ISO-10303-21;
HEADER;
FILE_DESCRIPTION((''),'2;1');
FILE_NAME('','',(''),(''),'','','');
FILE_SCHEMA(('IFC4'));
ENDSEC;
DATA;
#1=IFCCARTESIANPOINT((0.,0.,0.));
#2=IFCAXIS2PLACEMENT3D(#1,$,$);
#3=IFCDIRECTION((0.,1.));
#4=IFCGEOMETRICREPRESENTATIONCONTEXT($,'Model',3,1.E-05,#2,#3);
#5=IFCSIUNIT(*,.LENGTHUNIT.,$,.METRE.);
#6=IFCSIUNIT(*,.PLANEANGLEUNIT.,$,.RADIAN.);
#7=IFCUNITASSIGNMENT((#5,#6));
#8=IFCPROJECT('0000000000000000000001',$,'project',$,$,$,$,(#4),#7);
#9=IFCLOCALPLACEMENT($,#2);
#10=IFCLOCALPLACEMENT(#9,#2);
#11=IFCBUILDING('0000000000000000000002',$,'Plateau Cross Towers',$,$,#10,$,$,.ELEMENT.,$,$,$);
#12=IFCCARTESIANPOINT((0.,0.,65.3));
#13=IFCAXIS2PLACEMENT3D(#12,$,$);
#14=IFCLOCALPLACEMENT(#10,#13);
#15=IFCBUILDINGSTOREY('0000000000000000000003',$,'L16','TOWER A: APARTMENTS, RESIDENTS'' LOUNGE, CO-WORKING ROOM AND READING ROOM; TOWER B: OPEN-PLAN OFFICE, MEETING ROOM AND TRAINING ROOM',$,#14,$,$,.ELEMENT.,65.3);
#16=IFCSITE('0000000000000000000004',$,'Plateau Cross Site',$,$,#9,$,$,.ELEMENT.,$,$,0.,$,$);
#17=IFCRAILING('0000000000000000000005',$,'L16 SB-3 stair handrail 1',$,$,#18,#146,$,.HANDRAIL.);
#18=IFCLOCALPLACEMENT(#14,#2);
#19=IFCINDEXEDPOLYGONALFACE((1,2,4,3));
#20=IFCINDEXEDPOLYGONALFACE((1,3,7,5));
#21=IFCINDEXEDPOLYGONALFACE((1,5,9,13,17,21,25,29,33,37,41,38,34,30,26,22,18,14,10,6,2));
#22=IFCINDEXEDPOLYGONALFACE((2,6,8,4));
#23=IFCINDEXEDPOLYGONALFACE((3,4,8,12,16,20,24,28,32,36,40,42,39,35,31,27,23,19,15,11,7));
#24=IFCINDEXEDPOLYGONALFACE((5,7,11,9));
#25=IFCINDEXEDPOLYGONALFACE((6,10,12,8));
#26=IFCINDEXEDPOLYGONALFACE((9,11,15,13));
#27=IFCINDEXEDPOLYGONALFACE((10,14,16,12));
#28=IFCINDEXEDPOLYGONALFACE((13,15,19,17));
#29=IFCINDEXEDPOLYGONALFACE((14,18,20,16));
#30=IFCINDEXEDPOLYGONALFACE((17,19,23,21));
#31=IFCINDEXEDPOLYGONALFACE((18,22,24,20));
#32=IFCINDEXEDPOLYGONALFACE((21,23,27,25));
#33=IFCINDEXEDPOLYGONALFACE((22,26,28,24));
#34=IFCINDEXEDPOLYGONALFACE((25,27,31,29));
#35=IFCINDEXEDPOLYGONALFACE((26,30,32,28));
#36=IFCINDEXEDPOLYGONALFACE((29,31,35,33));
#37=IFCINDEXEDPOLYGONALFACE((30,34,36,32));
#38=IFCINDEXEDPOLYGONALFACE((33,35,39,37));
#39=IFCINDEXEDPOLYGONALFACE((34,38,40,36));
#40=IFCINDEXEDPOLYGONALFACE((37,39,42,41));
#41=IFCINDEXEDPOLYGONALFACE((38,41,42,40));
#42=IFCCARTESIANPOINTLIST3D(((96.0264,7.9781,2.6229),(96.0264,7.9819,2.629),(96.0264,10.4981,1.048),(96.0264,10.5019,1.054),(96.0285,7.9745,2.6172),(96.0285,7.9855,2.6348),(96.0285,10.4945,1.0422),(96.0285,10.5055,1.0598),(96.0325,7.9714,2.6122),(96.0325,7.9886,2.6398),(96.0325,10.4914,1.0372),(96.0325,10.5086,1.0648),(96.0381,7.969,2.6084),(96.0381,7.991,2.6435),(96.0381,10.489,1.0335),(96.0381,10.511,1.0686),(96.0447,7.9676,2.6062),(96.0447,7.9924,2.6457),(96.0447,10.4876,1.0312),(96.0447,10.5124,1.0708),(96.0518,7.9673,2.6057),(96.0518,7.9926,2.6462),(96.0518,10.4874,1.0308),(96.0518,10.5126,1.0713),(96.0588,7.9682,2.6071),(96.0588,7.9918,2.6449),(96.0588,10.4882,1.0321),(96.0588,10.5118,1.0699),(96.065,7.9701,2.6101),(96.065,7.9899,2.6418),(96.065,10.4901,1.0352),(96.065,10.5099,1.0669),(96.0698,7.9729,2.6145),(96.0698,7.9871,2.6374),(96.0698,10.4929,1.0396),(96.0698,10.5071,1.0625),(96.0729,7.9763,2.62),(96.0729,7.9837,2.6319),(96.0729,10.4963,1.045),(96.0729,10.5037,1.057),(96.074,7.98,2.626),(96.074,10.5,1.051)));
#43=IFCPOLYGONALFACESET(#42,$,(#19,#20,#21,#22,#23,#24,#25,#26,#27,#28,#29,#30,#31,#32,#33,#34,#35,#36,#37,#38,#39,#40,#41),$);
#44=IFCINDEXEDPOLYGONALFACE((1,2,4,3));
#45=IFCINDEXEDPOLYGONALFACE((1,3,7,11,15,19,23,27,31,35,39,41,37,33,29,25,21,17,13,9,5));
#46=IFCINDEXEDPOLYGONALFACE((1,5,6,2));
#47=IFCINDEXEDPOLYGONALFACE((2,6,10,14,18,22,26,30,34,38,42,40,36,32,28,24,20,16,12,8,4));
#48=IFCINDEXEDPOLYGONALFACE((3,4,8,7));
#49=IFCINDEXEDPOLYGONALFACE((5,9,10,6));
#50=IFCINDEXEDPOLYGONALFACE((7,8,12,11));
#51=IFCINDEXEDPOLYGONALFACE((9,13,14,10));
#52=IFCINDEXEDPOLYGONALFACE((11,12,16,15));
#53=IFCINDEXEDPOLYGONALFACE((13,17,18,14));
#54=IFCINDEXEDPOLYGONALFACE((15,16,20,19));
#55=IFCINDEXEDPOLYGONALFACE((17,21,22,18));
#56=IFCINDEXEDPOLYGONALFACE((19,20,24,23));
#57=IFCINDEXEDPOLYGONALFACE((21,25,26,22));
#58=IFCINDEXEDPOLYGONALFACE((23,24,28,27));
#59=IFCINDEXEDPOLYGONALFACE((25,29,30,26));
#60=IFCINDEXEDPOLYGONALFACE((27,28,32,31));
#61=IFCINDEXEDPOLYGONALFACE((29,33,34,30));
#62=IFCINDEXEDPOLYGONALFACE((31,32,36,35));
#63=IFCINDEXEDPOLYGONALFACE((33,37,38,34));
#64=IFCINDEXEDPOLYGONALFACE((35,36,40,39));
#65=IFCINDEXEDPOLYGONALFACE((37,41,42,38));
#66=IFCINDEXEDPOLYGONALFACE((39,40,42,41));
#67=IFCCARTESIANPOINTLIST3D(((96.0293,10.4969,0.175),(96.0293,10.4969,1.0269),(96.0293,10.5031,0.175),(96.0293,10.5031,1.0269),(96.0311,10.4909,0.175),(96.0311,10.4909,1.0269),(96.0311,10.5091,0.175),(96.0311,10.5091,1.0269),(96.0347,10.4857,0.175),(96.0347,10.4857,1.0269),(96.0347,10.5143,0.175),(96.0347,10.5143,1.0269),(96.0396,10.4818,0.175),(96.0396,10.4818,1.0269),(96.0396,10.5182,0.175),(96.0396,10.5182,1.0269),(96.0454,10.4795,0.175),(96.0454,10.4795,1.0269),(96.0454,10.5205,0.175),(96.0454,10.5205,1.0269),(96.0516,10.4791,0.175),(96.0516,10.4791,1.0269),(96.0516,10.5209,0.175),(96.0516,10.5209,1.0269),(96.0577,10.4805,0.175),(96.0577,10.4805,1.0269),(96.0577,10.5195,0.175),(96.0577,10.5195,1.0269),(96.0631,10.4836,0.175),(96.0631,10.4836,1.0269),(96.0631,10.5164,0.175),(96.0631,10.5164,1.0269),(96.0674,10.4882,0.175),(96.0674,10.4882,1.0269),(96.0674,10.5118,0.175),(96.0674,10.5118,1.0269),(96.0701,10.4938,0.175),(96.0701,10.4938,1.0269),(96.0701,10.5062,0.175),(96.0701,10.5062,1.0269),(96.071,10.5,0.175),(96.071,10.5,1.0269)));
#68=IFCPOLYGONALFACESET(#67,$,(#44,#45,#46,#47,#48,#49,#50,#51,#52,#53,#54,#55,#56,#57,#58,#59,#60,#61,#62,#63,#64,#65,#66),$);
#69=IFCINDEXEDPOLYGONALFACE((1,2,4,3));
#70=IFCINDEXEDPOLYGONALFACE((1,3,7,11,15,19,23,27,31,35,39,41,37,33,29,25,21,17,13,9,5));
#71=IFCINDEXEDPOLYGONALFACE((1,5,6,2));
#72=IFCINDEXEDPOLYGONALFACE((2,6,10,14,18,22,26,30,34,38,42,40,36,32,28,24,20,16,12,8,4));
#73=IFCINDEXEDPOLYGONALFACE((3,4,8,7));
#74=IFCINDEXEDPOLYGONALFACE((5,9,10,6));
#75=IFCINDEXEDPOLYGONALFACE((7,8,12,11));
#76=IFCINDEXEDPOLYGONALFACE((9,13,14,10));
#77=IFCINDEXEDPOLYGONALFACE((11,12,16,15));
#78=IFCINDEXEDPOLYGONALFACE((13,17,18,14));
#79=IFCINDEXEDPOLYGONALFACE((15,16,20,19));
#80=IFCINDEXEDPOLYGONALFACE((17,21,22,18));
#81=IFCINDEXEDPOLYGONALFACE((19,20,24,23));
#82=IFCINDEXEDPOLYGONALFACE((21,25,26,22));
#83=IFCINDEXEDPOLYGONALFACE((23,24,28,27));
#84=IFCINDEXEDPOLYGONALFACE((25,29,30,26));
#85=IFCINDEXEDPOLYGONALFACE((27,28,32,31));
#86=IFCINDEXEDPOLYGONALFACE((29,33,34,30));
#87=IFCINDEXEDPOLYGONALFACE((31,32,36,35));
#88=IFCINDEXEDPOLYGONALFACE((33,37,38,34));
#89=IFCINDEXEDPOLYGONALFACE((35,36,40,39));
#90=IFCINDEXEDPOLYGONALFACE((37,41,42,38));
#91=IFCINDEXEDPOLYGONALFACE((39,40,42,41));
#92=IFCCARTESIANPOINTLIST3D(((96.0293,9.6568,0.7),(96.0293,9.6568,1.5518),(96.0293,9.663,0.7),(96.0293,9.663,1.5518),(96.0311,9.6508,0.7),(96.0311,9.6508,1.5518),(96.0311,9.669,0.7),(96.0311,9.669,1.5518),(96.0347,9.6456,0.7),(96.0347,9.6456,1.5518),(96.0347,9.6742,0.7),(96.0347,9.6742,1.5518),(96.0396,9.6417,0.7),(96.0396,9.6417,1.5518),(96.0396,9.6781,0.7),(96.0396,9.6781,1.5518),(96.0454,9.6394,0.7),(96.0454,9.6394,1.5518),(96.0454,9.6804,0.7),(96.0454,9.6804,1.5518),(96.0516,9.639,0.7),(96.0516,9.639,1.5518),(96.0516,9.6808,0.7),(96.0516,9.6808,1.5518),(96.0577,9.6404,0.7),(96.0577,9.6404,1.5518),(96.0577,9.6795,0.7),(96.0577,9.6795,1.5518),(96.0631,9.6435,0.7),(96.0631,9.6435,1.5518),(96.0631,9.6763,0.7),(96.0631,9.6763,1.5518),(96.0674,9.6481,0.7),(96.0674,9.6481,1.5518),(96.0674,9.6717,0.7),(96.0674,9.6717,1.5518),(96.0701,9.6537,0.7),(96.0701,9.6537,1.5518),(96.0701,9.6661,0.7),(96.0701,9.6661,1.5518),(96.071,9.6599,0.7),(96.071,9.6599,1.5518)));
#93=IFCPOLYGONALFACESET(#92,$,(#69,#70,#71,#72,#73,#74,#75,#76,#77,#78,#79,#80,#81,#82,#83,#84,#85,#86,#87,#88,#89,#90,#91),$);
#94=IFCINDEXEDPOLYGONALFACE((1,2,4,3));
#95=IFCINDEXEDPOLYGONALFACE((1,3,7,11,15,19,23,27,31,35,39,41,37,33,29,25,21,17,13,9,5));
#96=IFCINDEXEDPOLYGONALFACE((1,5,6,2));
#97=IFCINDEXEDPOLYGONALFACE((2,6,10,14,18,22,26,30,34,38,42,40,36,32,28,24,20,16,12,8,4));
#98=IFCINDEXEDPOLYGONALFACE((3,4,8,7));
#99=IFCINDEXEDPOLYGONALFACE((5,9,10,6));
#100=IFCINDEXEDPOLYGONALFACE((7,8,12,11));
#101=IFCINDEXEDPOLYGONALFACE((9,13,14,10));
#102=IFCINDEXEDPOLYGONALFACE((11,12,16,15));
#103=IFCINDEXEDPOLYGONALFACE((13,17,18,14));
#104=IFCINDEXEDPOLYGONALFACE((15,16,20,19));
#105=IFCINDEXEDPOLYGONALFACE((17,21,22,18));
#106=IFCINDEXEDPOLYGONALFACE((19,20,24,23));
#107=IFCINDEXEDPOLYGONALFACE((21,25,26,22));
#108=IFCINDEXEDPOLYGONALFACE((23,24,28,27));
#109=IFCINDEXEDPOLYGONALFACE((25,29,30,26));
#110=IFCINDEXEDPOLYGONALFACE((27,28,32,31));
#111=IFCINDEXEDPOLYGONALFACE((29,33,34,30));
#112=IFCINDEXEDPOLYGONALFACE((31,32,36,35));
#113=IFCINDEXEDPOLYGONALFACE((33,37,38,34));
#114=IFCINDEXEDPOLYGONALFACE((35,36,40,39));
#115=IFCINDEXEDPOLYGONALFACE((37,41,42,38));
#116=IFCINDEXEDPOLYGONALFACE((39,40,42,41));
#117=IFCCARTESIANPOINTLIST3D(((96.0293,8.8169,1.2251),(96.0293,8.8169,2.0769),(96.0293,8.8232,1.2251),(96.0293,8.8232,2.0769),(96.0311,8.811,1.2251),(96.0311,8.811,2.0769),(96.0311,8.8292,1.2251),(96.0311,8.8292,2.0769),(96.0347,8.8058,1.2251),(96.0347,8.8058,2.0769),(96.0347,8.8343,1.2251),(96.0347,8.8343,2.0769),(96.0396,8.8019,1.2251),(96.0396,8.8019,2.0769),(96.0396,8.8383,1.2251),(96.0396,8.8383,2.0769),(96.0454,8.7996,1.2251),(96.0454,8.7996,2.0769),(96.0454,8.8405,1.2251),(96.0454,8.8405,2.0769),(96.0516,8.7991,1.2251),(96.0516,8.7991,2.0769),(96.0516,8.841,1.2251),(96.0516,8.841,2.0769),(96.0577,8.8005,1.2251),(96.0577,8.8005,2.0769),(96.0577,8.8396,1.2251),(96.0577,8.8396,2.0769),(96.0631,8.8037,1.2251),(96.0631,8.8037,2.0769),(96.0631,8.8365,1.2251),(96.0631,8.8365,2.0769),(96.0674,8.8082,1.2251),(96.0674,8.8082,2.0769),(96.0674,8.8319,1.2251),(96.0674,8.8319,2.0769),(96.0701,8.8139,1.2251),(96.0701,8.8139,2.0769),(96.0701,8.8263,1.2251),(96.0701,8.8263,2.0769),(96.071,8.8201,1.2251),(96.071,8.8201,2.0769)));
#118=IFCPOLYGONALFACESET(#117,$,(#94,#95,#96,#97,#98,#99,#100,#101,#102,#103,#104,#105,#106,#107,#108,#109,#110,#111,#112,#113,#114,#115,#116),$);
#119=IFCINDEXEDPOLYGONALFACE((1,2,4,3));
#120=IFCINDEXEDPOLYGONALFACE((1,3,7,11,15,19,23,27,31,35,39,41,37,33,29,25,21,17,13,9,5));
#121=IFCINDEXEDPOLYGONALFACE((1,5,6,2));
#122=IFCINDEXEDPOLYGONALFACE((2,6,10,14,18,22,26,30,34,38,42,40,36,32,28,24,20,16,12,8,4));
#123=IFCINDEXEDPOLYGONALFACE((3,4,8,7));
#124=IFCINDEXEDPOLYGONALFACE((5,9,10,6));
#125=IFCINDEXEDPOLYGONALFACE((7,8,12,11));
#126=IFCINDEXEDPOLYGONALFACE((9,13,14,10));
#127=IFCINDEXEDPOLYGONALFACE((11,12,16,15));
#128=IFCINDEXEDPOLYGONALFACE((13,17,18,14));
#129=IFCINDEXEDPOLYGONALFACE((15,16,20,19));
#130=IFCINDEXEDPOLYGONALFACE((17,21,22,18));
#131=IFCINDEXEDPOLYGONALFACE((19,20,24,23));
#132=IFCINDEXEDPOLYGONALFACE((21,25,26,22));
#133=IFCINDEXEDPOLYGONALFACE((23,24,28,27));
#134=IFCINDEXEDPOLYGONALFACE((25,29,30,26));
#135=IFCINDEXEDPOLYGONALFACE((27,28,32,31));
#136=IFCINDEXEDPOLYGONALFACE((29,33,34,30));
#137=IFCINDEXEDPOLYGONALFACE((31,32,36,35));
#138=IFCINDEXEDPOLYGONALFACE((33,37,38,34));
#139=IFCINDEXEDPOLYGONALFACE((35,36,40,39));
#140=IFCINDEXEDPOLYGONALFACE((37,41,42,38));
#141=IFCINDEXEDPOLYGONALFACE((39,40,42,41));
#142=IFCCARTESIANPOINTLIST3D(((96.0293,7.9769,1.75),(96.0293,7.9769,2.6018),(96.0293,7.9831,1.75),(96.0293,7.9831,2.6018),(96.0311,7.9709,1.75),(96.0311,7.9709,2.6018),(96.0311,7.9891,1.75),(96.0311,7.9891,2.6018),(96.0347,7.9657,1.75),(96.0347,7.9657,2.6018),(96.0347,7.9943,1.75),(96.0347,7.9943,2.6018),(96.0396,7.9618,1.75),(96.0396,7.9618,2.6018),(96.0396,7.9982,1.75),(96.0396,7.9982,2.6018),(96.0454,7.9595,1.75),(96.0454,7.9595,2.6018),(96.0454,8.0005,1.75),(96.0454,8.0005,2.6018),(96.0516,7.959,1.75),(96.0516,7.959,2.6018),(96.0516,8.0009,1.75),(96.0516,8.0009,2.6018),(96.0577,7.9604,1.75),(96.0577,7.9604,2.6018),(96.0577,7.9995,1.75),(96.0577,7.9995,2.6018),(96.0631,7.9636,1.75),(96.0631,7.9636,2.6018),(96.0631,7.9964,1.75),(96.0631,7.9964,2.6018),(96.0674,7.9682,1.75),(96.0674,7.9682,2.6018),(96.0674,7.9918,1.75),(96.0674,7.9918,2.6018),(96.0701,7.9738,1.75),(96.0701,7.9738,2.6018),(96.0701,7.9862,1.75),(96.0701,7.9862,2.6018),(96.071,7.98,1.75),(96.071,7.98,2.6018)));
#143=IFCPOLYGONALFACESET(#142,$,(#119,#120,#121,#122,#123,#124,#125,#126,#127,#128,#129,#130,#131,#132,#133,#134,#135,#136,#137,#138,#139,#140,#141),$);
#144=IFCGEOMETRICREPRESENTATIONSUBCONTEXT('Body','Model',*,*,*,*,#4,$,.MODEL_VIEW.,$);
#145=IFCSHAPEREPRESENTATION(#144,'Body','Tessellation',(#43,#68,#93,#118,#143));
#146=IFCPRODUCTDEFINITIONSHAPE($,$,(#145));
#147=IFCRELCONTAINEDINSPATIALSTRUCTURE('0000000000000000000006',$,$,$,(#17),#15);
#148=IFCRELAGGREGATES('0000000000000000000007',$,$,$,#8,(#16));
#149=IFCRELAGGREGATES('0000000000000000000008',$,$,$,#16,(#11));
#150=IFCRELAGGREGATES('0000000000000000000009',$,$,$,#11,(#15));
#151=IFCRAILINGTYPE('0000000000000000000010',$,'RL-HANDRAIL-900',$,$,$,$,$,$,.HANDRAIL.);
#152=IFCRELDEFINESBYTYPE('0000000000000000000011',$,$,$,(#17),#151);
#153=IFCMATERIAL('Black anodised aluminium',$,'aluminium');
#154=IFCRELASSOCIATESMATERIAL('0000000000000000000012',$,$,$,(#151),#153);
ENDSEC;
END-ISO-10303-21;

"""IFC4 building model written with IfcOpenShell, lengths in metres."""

from ifc_helpers import new_model, si_unit, direction, frame, origin, origin_2d, place, context, subcontext, project, spatial, circle, extrude, material, type_object, element, save


model = new_model("IFC4")

# Units and contexts
model_context = context("Model", 3, precision=1e-05, world=origin(), true_north=direction((0.0, 1.0)))
body_context = subcontext(model_context, "Body", "Model", "MODEL_VIEW")
ifc_project = project(units=[si_unit("LENGTHUNIT", "METRE"), si_unit("PLANEANGLEUNIT", "RADIAN")], contexts=[model_context])

# Site, building, storey
site_placement = place(None, origin())
site = spatial("IfcSite", under=ifc_project, at=site_placement, Name="Plateau Cross Site", CompositionType="ELEMENT", RefElevation=0.0)
building_placement = place(site_placement, origin())
building = spatial("IfcBuilding", under=site, at=building_placement, Name="Plateau Cross Towers", CompositionType="ELEMENT")
storey_placement = place(building_placement, frame((0.0, 0.0, 65.3)))
storey = spatial("IfcBuildingStorey", under=building, at=storey_placement, Name="L16", Description="TOWER A: APARTMENTS, RESIDENTS' LOUNGE, CO-WORKING ROOM AND READING ROOM; TOWER B: OPEN-PLAN OFFICE, MEETING ROOM AND TRAINING ROOM", CompositionType="ELEMENT", Elevation=65.3)

# Shared definitions
ifc_material_1 = material(Name="Black anodised aluminium", Category="aluminium")

# Railing
railing_type_1 = type_object("IfcRailingType", Name="RL-HANDRAIL-900", PredefinedType="HANDRAIL", material=ifc_material_1)
railing_1_placement = place(storey_placement, frame((96.05, 10.5, 0.175)))
element("IfcRailing", 1, at=railing_1_placement, inside=storey, type_object=railing_type_1, Name="L16 SB-3 stair handrail 1", PredefinedType="HANDRAIL", context=body_context, shape_type="SweptSolid", body=[
    extrude(circle(Radius=0.0239, at=origin_2d()), frame((0.0, 0.0, 0.876), z_axis=(0.0, -0.848008, 0.529984), x_axis=(1.0, 0.0, 0.0)), (0.0, 0.0, 1.0), 2.9717),
    extrude(circle(Radius=0.021, at=origin_2d()), origin(), (0.0, 0.0, 1.0), 0.8518),
    extrude(circle(Radius=0.021, at=origin_2d()), frame((0.0, -0.8401, 0.5249)), (0.0, 0.0, 1.0), 0.8518),
    extrude(circle(Radius=0.021, at=origin_2d()), frame((0.0, -1.6799, 1.05)), (0.0, 0.0, 1.0), 0.8518),
    extrude(circle(Radius=0.021, at=origin_2d()), frame((0.0, -2.52, 1.575)), (0.0, 0.0, 1.0), 0.8518),
])

save(model, "model.ifc")
